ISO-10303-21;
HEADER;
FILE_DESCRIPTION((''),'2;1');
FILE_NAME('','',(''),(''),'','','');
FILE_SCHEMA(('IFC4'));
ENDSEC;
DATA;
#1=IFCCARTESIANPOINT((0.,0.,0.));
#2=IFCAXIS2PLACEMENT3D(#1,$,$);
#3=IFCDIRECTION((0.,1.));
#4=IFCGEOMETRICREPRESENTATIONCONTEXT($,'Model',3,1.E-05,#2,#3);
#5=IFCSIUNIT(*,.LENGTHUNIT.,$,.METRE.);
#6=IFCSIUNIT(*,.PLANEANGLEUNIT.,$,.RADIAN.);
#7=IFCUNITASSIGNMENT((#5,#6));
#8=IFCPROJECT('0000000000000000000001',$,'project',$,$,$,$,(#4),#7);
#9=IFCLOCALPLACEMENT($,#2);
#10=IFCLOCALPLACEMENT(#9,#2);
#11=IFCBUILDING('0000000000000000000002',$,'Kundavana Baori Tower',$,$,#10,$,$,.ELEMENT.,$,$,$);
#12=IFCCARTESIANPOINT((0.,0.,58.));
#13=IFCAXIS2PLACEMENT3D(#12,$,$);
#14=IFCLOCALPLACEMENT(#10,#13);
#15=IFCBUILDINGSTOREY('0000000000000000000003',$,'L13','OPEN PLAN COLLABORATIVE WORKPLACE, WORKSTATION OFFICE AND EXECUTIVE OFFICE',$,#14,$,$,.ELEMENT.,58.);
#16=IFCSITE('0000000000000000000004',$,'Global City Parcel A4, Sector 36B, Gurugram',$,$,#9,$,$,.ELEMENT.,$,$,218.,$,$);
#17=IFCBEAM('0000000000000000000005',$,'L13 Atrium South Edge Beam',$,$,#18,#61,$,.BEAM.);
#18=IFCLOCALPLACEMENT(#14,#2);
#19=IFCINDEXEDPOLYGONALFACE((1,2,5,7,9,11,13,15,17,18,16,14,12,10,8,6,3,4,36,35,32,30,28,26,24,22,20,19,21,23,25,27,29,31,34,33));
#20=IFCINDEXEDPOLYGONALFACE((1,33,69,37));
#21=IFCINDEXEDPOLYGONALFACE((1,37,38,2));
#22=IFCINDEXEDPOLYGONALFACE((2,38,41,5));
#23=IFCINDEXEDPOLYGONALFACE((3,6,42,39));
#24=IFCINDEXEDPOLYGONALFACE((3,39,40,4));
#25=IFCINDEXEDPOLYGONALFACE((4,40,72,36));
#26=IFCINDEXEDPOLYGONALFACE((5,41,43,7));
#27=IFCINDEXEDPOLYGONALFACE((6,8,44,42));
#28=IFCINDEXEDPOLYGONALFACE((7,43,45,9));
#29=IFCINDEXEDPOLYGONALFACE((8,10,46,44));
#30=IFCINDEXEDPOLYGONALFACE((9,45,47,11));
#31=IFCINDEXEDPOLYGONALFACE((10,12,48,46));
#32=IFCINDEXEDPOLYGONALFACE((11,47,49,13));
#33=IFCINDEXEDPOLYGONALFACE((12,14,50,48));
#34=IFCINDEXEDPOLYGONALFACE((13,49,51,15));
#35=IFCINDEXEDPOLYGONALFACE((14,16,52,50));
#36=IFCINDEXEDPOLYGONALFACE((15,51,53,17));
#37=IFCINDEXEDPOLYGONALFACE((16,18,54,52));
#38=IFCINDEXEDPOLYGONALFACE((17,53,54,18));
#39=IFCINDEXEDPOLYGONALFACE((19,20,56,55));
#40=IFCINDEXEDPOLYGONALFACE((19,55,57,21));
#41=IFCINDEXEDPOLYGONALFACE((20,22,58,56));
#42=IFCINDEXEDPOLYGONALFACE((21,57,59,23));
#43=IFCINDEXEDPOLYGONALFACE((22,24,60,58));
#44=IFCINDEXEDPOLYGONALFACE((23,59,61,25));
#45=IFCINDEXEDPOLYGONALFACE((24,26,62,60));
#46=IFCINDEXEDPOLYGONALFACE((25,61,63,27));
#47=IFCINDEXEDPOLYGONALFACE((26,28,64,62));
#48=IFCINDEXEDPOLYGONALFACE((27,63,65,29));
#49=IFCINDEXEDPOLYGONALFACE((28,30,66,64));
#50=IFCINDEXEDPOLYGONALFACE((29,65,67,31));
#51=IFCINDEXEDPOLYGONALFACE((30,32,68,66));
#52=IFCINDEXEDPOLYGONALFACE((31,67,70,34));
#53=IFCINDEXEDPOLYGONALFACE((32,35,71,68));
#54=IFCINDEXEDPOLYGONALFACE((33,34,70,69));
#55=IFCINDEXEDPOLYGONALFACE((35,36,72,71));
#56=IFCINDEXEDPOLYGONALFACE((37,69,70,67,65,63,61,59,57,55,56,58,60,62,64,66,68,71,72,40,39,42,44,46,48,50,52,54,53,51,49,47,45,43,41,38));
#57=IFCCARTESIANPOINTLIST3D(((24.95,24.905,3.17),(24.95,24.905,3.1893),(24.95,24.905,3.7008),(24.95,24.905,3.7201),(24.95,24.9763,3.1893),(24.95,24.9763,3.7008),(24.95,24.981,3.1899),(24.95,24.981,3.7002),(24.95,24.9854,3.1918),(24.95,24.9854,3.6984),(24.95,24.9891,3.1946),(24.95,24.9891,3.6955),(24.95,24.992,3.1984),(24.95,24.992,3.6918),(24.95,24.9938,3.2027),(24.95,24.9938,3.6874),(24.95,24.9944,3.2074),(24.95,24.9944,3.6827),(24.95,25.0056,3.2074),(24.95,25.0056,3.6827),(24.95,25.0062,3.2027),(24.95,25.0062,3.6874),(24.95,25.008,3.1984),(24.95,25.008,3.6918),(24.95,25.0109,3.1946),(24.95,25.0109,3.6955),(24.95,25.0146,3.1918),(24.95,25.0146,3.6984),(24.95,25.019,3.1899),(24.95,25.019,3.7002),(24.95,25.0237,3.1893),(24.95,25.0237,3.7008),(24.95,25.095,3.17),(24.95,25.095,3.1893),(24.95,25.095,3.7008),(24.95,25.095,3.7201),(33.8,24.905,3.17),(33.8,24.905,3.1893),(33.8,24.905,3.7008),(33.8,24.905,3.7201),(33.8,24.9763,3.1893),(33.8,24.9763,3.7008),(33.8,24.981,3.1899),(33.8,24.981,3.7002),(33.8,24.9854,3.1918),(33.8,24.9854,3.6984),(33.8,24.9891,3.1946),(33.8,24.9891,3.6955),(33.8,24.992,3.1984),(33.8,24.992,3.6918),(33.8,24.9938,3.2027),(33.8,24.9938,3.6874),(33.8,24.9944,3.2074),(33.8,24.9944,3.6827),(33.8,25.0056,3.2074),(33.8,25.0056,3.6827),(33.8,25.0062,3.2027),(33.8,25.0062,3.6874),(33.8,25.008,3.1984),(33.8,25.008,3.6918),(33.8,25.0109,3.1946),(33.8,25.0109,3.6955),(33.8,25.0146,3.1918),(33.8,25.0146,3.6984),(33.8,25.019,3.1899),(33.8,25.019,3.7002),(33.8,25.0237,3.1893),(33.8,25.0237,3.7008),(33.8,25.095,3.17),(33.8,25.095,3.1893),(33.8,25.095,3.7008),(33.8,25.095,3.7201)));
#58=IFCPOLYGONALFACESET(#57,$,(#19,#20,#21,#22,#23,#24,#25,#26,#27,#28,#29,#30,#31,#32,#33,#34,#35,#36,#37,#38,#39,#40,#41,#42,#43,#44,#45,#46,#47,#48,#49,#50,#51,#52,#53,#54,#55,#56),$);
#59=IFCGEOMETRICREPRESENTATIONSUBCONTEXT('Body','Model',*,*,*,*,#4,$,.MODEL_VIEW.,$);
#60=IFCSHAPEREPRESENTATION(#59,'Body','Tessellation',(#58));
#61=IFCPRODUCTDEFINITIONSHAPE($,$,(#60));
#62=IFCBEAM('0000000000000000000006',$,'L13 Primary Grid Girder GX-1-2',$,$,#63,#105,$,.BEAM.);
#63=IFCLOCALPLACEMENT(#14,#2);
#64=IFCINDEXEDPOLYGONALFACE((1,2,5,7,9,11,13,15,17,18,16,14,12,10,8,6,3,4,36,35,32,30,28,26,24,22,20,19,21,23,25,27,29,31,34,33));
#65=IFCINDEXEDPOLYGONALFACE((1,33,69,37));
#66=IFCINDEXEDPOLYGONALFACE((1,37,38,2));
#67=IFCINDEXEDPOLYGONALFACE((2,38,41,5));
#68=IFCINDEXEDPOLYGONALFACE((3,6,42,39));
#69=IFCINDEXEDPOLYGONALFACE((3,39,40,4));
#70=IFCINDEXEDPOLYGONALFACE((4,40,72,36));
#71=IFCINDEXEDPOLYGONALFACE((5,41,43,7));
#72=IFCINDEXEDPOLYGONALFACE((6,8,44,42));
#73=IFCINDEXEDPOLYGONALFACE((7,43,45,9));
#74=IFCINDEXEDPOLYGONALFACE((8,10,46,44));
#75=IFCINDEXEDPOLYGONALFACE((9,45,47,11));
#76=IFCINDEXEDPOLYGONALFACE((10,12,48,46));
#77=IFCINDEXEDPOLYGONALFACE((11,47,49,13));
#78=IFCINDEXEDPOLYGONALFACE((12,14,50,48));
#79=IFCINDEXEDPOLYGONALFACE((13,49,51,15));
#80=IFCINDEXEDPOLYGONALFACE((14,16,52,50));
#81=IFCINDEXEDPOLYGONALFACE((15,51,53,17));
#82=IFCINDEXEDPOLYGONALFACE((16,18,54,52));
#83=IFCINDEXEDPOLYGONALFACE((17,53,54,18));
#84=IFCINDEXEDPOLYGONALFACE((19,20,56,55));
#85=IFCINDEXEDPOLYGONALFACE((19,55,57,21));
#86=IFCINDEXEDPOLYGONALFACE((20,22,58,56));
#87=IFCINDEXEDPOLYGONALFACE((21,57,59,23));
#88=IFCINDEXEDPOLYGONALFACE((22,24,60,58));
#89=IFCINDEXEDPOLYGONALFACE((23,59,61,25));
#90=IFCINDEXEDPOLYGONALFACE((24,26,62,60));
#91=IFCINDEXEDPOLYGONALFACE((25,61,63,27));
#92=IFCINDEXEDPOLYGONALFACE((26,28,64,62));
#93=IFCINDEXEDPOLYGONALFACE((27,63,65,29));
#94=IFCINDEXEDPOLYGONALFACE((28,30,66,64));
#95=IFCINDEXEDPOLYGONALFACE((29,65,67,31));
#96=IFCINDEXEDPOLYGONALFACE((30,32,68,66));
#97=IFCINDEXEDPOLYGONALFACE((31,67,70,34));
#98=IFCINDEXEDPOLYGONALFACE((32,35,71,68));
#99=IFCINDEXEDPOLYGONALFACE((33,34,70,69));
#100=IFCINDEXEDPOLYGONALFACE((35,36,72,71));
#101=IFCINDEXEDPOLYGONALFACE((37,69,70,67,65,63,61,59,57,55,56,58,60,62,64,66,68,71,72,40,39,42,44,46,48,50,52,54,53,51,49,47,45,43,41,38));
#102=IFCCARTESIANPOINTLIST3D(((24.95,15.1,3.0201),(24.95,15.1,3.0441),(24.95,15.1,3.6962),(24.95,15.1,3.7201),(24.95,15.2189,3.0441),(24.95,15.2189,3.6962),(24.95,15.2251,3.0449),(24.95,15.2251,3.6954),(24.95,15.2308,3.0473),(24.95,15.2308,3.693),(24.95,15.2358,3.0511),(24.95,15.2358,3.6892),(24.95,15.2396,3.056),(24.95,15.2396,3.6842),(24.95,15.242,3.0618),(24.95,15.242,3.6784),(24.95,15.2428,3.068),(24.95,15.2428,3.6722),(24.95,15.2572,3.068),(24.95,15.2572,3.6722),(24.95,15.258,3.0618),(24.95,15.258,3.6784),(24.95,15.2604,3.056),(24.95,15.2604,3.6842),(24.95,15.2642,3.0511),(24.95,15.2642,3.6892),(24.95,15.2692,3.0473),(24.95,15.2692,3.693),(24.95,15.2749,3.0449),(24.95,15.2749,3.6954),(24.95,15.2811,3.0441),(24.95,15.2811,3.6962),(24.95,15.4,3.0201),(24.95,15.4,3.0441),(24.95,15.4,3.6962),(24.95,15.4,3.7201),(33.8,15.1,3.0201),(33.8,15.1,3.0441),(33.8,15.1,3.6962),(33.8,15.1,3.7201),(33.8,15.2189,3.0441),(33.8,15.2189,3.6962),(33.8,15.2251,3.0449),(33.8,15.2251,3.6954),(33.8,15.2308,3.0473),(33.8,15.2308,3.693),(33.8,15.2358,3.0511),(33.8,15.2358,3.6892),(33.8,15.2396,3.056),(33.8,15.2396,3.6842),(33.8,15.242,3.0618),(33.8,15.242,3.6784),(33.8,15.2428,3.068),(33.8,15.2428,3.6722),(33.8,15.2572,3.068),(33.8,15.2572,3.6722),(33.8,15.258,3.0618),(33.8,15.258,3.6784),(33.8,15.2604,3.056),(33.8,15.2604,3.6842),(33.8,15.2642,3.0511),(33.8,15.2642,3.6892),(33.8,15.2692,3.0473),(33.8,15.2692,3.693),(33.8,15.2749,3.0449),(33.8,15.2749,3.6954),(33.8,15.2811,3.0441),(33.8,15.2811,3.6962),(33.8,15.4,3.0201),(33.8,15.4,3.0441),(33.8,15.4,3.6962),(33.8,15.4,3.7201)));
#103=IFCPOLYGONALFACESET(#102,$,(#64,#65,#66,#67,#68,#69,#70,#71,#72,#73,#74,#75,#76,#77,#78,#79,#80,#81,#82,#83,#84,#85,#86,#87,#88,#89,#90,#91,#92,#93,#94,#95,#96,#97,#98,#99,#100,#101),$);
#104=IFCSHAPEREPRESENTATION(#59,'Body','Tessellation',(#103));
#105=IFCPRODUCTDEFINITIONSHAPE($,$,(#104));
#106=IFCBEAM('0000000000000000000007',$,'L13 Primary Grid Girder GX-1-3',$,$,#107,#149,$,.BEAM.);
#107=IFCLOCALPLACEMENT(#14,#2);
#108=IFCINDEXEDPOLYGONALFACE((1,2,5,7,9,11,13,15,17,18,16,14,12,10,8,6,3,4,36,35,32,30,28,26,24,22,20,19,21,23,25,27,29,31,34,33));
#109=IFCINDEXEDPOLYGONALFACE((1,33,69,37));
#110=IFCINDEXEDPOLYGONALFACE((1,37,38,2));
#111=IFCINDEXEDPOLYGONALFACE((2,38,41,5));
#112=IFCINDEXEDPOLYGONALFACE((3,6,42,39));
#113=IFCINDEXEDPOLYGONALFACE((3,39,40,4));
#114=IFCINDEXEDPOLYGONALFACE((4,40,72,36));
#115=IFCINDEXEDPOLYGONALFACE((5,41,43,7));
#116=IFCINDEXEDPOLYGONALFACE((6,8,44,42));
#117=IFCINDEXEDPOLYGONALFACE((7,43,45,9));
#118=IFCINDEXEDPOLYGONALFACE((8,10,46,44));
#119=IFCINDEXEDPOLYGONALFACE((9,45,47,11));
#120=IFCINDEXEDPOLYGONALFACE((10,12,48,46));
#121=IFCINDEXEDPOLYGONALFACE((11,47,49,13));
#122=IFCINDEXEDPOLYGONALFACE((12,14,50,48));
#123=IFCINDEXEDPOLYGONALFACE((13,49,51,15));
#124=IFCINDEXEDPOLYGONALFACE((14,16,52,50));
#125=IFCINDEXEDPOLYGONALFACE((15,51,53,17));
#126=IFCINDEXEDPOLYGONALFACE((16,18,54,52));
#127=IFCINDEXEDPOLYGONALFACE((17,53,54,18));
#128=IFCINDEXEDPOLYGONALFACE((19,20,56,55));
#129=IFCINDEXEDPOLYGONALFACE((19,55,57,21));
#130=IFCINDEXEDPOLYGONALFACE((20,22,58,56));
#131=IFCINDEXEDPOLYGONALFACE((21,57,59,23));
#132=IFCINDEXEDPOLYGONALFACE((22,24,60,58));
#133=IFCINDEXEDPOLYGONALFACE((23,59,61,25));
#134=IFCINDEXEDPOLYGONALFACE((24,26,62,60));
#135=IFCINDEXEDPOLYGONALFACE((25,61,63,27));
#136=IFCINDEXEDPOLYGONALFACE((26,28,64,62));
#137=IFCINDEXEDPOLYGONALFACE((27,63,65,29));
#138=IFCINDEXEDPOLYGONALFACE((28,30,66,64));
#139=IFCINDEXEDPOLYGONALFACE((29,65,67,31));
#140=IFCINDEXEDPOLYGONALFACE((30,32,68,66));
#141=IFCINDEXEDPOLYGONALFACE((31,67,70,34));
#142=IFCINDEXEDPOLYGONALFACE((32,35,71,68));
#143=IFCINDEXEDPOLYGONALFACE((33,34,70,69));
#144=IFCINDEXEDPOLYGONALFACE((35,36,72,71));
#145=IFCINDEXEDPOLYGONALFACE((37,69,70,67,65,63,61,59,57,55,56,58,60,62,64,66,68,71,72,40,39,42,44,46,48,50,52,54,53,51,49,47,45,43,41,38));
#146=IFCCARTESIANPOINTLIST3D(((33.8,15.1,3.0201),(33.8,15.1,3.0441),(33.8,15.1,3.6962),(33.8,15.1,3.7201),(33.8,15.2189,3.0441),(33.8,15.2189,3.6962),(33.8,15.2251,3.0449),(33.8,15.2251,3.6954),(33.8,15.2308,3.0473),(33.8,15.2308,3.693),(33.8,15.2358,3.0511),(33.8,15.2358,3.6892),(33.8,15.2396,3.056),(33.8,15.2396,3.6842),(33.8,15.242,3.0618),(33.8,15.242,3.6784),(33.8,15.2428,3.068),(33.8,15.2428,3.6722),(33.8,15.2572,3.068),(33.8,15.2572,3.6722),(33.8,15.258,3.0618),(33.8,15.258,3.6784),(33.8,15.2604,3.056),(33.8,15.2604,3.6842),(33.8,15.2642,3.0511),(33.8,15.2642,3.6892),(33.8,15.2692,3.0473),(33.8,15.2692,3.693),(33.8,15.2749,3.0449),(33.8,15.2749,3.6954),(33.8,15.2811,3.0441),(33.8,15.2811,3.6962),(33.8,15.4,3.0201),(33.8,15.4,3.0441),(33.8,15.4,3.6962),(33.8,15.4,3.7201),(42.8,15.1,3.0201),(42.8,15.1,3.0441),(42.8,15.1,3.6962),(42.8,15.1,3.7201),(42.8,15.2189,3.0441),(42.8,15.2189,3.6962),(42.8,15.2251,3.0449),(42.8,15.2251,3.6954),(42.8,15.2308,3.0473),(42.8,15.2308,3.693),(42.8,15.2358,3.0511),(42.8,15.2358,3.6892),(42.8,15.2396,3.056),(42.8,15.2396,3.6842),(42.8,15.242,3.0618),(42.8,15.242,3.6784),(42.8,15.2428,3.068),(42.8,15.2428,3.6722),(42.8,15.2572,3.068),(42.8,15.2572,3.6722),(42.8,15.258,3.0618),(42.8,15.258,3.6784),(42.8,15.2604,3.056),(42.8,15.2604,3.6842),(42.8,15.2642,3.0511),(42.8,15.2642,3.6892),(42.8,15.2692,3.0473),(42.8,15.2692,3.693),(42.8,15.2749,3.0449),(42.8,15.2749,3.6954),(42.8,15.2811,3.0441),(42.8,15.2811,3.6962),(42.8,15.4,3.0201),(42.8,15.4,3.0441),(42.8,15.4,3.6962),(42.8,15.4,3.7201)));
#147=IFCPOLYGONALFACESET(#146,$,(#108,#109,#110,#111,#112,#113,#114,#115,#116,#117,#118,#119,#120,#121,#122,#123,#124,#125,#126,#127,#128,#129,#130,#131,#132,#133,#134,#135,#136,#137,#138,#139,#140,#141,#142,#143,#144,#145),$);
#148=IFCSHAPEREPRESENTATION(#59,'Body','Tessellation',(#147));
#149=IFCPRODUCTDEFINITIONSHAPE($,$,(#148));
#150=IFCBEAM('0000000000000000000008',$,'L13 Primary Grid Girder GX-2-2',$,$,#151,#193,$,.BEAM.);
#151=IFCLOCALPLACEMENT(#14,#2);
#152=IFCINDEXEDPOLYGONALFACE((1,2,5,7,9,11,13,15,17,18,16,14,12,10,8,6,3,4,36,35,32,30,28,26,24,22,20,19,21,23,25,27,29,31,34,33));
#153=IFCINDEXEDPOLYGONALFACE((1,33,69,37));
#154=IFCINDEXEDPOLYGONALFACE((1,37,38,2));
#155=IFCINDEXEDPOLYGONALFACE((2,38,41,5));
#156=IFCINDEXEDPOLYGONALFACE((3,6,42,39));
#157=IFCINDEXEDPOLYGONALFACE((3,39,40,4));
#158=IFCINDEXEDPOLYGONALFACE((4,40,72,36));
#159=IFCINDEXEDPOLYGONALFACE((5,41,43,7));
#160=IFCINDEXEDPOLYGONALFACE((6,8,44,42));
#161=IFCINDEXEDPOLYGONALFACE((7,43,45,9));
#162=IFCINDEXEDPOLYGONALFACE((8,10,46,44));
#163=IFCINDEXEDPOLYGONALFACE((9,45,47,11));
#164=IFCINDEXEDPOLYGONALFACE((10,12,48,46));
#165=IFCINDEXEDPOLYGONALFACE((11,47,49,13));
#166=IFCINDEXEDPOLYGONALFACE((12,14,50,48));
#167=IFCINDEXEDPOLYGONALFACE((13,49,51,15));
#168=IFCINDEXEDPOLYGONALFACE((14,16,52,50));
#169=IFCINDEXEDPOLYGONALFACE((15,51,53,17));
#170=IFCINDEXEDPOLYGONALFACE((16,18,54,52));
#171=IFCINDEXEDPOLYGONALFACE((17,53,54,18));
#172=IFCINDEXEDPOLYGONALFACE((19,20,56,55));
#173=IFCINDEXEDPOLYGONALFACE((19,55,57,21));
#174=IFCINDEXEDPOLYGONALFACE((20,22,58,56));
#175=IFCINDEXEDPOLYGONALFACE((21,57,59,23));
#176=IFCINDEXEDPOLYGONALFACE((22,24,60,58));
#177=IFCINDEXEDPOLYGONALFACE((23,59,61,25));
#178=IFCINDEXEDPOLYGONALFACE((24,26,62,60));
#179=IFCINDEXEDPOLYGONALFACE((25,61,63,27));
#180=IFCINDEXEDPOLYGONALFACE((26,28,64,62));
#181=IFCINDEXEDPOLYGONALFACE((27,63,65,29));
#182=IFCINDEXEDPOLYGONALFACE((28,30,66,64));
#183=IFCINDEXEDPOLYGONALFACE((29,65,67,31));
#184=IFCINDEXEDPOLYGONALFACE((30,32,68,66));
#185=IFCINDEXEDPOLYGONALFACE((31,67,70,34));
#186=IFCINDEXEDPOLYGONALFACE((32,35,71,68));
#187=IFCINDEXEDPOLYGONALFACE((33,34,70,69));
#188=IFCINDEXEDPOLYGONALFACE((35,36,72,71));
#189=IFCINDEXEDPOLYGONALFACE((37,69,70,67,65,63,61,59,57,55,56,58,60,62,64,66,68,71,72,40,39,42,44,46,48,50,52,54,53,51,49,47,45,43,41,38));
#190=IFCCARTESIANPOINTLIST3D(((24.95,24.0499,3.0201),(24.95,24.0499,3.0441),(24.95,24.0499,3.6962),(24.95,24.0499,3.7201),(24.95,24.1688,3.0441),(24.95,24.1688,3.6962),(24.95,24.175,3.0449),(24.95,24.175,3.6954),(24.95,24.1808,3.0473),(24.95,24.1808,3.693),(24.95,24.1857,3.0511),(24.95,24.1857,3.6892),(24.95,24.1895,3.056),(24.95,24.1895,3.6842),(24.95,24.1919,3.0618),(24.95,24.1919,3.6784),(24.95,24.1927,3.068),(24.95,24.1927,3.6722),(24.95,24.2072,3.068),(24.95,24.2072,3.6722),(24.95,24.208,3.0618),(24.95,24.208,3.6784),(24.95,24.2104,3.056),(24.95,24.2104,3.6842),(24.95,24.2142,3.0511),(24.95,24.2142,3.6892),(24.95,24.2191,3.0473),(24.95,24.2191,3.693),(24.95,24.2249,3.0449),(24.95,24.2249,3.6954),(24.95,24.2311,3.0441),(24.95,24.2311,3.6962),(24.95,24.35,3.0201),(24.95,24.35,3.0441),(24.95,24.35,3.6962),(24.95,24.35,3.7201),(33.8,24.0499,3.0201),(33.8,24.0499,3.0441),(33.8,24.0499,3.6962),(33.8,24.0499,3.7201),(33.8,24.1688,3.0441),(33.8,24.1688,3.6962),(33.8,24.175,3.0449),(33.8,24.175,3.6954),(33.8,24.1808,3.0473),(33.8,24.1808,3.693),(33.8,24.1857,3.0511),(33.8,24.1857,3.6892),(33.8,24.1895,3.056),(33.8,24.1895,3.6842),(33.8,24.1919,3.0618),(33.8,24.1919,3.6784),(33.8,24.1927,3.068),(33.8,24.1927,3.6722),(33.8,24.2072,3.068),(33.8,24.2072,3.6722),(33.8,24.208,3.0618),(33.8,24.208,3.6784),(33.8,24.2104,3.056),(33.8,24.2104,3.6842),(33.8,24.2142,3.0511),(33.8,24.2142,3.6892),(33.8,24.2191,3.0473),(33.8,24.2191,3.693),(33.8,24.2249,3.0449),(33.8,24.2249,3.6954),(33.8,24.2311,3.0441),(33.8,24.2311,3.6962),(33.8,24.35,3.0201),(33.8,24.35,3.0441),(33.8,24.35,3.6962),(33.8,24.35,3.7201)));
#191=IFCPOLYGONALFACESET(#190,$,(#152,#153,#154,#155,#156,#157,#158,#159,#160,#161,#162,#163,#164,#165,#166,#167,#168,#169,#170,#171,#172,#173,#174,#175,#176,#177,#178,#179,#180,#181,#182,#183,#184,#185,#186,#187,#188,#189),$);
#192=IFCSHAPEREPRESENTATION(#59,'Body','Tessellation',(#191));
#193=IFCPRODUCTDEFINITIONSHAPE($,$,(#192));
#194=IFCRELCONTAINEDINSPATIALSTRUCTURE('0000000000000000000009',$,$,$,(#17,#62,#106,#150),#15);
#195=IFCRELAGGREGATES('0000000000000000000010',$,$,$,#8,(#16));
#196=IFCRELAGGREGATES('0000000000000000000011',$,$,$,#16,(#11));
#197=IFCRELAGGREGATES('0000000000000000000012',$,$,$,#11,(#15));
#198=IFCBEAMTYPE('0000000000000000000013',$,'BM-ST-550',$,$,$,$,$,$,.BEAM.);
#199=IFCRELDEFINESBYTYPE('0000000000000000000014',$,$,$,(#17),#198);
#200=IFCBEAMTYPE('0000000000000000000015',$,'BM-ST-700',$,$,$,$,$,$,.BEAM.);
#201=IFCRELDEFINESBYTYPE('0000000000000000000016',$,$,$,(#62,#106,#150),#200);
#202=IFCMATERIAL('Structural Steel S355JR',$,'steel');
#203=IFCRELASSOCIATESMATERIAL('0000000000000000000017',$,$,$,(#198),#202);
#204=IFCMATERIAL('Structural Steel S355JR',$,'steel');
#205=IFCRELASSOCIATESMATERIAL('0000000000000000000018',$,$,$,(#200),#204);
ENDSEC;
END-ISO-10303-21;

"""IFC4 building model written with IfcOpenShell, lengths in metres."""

from ifc_helpers import new_model, si_unit, direction, frame, origin, origin_2d, place, context, subcontext, project, spatial, i_section, extrude, material, material_profile, profile_set, type_object, element, save


model = new_model("IFC4")

# Units and contexts
model_context = context("Model", 3, precision=1e-05, world=origin(), true_north=direction((0.0, 1.0)))
body_context = subcontext(model_context, "Body", "Model", "MODEL_VIEW")
ifc_project = project(units=[si_unit("LENGTHUNIT", "METRE"), si_unit("PLANEANGLEUNIT", "RADIAN")], contexts=[model_context])

# Site, building, storey
site_placement = place(None, origin())
site = spatial("IfcSite", under=ifc_project, at=site_placement, Name="Global City Parcel A4, Sector 36B, Gurugram", CompositionType="ELEMENT", RefElevation=218.0)
building_placement = place(site_placement, origin())
building = spatial("IfcBuilding", under=site, at=building_placement, Name="Kundavana Baori Tower", CompositionType="ELEMENT")
storey_placement = place(building_placement, frame((0.0, 0.0, 58.0)))
storey = spatial("IfcBuildingStorey", under=building, at=storey_placement, Name="L13", Description="OPEN PLAN COLLABORATIVE WORKPLACE, WORKSTATION OFFICE AND EXECUTIVE OFFICE", CompositionType="ELEMENT", Elevation=58.0)

# Beams
ifc_material_1 = material(Name="Structural Steel S355JR", Category="steel")
ifc_material_profile_1 = material_profile(ifc_material_1, i_section(OverallWidth=0.1899, OverallDepth=0.55, WebThickness=0.0112, FlangeThickness=0.0193, FilletRadius=0.0181, at=origin_2d()), Name="ISMB 550")
ifc_profile_set_1 = profile_set([ifc_material_profile_1], Name="Structural Steel S355JR")
beam_type_1 = type_object("IfcBeamType", Name="BM-ST-550", PredefinedType="BEAM", material=ifc_profile_set_1)
beam_1_placement = place(storey_placement, frame((24.95, 25.0, 3.4451), z_axis=(1.0, 0.0, 0.0), x_axis=(0.0, 1.0, 0.0)))
element("IfcBeam", 1, at=beam_1_placement, inside=storey, type_object=beam_type_1, Name="L13 Atrium South Edge Beam", PredefinedType="BEAM", context=body_context, shape_type="SweptSolid", body=[
    extrude(i_section(OverallWidth=0.1899, OverallDepth=0.55, WebThickness=0.0112, FlangeThickness=0.0193, FilletRadius=0.0181, at=origin_2d()), origin(), (0.0, 0.0, 1.0), 8.8501),
])
ifc_material_2 = material(Name="Structural Steel S355JR", Category="steel")
ifc_material_profile_2 = material_profile(ifc_material_2, i_section(OverallWidth=0.3, OverallDepth=0.7, WebThickness=0.0144, FlangeThickness=0.0239, FilletRadius=0.0239, at=origin_2d()), Name="NPB 700x300x170")
ifc_profile_set_2 = profile_set([ifc_material_profile_2], Name="Structural Steel S355JR")
beam_type_2 = type_object("IfcBeamType", Name="BM-ST-700", PredefinedType="BEAM", material=ifc_profile_set_2)
beam_2_placement = place(storey_placement, frame((24.95, 15.25, 3.3701), z_axis=(1.0, 0.0, 0.0), x_axis=(0.0, 1.0, 0.0)))
element("IfcBeam", 2, at=beam_2_placement, inside=storey, type_object=beam_type_2, Name="L13 Primary Grid Girder GX-1-2", PredefinedType="BEAM", context=body_context, shape_type="SweptSolid", body=[
    extrude(i_section(OverallWidth=0.3, OverallDepth=0.7, WebThickness=0.0144, FlangeThickness=0.0239, FilletRadius=0.0239, at=origin_2d()), origin(), (0.0, 0.0, 1.0), 8.8501),
])
beam_3_placement = place(storey_placement, frame((33.8, 15.25, 3.3701), z_axis=(1.0, 0.0, 0.0), x_axis=(0.0, 1.0, 0.0)))
element("IfcBeam", 3, at=beam_3_placement, inside=storey, type_object=beam_type_2, Name="L13 Primary Grid Girder GX-1-3", PredefinedType="BEAM", context=body_context, shape_type="SweptSolid", body=[
    extrude(i_section(OverallWidth=0.3, OverallDepth=0.7, WebThickness=0.0144, FlangeThickness=0.0239, FilletRadius=0.0239, at=origin_2d()), origin(), (0.0, 0.0, 1.0), 9.0),
])
beam_4_placement = place(storey_placement, frame((24.95, 24.2, 3.3701), z_axis=(1.0, 0.0, 0.0), x_axis=(0.0, 1.0, 0.0)))
element("IfcBeam", 4, at=beam_4_placement, inside=storey, type_object=beam_type_2, Name="L13 Primary Grid Girder GX-2-2", PredefinedType="BEAM", context=body_context, shape_type="SweptSolid", body=[
    extrude(i_section(OverallWidth=0.3, OverallDepth=0.7, WebThickness=0.0144, FlangeThickness=0.0239, FilletRadius=0.0239, at=origin_2d()), origin(), (0.0, 0.0, 1.0), 8.8501),
])

save(model, "model.ifc")
